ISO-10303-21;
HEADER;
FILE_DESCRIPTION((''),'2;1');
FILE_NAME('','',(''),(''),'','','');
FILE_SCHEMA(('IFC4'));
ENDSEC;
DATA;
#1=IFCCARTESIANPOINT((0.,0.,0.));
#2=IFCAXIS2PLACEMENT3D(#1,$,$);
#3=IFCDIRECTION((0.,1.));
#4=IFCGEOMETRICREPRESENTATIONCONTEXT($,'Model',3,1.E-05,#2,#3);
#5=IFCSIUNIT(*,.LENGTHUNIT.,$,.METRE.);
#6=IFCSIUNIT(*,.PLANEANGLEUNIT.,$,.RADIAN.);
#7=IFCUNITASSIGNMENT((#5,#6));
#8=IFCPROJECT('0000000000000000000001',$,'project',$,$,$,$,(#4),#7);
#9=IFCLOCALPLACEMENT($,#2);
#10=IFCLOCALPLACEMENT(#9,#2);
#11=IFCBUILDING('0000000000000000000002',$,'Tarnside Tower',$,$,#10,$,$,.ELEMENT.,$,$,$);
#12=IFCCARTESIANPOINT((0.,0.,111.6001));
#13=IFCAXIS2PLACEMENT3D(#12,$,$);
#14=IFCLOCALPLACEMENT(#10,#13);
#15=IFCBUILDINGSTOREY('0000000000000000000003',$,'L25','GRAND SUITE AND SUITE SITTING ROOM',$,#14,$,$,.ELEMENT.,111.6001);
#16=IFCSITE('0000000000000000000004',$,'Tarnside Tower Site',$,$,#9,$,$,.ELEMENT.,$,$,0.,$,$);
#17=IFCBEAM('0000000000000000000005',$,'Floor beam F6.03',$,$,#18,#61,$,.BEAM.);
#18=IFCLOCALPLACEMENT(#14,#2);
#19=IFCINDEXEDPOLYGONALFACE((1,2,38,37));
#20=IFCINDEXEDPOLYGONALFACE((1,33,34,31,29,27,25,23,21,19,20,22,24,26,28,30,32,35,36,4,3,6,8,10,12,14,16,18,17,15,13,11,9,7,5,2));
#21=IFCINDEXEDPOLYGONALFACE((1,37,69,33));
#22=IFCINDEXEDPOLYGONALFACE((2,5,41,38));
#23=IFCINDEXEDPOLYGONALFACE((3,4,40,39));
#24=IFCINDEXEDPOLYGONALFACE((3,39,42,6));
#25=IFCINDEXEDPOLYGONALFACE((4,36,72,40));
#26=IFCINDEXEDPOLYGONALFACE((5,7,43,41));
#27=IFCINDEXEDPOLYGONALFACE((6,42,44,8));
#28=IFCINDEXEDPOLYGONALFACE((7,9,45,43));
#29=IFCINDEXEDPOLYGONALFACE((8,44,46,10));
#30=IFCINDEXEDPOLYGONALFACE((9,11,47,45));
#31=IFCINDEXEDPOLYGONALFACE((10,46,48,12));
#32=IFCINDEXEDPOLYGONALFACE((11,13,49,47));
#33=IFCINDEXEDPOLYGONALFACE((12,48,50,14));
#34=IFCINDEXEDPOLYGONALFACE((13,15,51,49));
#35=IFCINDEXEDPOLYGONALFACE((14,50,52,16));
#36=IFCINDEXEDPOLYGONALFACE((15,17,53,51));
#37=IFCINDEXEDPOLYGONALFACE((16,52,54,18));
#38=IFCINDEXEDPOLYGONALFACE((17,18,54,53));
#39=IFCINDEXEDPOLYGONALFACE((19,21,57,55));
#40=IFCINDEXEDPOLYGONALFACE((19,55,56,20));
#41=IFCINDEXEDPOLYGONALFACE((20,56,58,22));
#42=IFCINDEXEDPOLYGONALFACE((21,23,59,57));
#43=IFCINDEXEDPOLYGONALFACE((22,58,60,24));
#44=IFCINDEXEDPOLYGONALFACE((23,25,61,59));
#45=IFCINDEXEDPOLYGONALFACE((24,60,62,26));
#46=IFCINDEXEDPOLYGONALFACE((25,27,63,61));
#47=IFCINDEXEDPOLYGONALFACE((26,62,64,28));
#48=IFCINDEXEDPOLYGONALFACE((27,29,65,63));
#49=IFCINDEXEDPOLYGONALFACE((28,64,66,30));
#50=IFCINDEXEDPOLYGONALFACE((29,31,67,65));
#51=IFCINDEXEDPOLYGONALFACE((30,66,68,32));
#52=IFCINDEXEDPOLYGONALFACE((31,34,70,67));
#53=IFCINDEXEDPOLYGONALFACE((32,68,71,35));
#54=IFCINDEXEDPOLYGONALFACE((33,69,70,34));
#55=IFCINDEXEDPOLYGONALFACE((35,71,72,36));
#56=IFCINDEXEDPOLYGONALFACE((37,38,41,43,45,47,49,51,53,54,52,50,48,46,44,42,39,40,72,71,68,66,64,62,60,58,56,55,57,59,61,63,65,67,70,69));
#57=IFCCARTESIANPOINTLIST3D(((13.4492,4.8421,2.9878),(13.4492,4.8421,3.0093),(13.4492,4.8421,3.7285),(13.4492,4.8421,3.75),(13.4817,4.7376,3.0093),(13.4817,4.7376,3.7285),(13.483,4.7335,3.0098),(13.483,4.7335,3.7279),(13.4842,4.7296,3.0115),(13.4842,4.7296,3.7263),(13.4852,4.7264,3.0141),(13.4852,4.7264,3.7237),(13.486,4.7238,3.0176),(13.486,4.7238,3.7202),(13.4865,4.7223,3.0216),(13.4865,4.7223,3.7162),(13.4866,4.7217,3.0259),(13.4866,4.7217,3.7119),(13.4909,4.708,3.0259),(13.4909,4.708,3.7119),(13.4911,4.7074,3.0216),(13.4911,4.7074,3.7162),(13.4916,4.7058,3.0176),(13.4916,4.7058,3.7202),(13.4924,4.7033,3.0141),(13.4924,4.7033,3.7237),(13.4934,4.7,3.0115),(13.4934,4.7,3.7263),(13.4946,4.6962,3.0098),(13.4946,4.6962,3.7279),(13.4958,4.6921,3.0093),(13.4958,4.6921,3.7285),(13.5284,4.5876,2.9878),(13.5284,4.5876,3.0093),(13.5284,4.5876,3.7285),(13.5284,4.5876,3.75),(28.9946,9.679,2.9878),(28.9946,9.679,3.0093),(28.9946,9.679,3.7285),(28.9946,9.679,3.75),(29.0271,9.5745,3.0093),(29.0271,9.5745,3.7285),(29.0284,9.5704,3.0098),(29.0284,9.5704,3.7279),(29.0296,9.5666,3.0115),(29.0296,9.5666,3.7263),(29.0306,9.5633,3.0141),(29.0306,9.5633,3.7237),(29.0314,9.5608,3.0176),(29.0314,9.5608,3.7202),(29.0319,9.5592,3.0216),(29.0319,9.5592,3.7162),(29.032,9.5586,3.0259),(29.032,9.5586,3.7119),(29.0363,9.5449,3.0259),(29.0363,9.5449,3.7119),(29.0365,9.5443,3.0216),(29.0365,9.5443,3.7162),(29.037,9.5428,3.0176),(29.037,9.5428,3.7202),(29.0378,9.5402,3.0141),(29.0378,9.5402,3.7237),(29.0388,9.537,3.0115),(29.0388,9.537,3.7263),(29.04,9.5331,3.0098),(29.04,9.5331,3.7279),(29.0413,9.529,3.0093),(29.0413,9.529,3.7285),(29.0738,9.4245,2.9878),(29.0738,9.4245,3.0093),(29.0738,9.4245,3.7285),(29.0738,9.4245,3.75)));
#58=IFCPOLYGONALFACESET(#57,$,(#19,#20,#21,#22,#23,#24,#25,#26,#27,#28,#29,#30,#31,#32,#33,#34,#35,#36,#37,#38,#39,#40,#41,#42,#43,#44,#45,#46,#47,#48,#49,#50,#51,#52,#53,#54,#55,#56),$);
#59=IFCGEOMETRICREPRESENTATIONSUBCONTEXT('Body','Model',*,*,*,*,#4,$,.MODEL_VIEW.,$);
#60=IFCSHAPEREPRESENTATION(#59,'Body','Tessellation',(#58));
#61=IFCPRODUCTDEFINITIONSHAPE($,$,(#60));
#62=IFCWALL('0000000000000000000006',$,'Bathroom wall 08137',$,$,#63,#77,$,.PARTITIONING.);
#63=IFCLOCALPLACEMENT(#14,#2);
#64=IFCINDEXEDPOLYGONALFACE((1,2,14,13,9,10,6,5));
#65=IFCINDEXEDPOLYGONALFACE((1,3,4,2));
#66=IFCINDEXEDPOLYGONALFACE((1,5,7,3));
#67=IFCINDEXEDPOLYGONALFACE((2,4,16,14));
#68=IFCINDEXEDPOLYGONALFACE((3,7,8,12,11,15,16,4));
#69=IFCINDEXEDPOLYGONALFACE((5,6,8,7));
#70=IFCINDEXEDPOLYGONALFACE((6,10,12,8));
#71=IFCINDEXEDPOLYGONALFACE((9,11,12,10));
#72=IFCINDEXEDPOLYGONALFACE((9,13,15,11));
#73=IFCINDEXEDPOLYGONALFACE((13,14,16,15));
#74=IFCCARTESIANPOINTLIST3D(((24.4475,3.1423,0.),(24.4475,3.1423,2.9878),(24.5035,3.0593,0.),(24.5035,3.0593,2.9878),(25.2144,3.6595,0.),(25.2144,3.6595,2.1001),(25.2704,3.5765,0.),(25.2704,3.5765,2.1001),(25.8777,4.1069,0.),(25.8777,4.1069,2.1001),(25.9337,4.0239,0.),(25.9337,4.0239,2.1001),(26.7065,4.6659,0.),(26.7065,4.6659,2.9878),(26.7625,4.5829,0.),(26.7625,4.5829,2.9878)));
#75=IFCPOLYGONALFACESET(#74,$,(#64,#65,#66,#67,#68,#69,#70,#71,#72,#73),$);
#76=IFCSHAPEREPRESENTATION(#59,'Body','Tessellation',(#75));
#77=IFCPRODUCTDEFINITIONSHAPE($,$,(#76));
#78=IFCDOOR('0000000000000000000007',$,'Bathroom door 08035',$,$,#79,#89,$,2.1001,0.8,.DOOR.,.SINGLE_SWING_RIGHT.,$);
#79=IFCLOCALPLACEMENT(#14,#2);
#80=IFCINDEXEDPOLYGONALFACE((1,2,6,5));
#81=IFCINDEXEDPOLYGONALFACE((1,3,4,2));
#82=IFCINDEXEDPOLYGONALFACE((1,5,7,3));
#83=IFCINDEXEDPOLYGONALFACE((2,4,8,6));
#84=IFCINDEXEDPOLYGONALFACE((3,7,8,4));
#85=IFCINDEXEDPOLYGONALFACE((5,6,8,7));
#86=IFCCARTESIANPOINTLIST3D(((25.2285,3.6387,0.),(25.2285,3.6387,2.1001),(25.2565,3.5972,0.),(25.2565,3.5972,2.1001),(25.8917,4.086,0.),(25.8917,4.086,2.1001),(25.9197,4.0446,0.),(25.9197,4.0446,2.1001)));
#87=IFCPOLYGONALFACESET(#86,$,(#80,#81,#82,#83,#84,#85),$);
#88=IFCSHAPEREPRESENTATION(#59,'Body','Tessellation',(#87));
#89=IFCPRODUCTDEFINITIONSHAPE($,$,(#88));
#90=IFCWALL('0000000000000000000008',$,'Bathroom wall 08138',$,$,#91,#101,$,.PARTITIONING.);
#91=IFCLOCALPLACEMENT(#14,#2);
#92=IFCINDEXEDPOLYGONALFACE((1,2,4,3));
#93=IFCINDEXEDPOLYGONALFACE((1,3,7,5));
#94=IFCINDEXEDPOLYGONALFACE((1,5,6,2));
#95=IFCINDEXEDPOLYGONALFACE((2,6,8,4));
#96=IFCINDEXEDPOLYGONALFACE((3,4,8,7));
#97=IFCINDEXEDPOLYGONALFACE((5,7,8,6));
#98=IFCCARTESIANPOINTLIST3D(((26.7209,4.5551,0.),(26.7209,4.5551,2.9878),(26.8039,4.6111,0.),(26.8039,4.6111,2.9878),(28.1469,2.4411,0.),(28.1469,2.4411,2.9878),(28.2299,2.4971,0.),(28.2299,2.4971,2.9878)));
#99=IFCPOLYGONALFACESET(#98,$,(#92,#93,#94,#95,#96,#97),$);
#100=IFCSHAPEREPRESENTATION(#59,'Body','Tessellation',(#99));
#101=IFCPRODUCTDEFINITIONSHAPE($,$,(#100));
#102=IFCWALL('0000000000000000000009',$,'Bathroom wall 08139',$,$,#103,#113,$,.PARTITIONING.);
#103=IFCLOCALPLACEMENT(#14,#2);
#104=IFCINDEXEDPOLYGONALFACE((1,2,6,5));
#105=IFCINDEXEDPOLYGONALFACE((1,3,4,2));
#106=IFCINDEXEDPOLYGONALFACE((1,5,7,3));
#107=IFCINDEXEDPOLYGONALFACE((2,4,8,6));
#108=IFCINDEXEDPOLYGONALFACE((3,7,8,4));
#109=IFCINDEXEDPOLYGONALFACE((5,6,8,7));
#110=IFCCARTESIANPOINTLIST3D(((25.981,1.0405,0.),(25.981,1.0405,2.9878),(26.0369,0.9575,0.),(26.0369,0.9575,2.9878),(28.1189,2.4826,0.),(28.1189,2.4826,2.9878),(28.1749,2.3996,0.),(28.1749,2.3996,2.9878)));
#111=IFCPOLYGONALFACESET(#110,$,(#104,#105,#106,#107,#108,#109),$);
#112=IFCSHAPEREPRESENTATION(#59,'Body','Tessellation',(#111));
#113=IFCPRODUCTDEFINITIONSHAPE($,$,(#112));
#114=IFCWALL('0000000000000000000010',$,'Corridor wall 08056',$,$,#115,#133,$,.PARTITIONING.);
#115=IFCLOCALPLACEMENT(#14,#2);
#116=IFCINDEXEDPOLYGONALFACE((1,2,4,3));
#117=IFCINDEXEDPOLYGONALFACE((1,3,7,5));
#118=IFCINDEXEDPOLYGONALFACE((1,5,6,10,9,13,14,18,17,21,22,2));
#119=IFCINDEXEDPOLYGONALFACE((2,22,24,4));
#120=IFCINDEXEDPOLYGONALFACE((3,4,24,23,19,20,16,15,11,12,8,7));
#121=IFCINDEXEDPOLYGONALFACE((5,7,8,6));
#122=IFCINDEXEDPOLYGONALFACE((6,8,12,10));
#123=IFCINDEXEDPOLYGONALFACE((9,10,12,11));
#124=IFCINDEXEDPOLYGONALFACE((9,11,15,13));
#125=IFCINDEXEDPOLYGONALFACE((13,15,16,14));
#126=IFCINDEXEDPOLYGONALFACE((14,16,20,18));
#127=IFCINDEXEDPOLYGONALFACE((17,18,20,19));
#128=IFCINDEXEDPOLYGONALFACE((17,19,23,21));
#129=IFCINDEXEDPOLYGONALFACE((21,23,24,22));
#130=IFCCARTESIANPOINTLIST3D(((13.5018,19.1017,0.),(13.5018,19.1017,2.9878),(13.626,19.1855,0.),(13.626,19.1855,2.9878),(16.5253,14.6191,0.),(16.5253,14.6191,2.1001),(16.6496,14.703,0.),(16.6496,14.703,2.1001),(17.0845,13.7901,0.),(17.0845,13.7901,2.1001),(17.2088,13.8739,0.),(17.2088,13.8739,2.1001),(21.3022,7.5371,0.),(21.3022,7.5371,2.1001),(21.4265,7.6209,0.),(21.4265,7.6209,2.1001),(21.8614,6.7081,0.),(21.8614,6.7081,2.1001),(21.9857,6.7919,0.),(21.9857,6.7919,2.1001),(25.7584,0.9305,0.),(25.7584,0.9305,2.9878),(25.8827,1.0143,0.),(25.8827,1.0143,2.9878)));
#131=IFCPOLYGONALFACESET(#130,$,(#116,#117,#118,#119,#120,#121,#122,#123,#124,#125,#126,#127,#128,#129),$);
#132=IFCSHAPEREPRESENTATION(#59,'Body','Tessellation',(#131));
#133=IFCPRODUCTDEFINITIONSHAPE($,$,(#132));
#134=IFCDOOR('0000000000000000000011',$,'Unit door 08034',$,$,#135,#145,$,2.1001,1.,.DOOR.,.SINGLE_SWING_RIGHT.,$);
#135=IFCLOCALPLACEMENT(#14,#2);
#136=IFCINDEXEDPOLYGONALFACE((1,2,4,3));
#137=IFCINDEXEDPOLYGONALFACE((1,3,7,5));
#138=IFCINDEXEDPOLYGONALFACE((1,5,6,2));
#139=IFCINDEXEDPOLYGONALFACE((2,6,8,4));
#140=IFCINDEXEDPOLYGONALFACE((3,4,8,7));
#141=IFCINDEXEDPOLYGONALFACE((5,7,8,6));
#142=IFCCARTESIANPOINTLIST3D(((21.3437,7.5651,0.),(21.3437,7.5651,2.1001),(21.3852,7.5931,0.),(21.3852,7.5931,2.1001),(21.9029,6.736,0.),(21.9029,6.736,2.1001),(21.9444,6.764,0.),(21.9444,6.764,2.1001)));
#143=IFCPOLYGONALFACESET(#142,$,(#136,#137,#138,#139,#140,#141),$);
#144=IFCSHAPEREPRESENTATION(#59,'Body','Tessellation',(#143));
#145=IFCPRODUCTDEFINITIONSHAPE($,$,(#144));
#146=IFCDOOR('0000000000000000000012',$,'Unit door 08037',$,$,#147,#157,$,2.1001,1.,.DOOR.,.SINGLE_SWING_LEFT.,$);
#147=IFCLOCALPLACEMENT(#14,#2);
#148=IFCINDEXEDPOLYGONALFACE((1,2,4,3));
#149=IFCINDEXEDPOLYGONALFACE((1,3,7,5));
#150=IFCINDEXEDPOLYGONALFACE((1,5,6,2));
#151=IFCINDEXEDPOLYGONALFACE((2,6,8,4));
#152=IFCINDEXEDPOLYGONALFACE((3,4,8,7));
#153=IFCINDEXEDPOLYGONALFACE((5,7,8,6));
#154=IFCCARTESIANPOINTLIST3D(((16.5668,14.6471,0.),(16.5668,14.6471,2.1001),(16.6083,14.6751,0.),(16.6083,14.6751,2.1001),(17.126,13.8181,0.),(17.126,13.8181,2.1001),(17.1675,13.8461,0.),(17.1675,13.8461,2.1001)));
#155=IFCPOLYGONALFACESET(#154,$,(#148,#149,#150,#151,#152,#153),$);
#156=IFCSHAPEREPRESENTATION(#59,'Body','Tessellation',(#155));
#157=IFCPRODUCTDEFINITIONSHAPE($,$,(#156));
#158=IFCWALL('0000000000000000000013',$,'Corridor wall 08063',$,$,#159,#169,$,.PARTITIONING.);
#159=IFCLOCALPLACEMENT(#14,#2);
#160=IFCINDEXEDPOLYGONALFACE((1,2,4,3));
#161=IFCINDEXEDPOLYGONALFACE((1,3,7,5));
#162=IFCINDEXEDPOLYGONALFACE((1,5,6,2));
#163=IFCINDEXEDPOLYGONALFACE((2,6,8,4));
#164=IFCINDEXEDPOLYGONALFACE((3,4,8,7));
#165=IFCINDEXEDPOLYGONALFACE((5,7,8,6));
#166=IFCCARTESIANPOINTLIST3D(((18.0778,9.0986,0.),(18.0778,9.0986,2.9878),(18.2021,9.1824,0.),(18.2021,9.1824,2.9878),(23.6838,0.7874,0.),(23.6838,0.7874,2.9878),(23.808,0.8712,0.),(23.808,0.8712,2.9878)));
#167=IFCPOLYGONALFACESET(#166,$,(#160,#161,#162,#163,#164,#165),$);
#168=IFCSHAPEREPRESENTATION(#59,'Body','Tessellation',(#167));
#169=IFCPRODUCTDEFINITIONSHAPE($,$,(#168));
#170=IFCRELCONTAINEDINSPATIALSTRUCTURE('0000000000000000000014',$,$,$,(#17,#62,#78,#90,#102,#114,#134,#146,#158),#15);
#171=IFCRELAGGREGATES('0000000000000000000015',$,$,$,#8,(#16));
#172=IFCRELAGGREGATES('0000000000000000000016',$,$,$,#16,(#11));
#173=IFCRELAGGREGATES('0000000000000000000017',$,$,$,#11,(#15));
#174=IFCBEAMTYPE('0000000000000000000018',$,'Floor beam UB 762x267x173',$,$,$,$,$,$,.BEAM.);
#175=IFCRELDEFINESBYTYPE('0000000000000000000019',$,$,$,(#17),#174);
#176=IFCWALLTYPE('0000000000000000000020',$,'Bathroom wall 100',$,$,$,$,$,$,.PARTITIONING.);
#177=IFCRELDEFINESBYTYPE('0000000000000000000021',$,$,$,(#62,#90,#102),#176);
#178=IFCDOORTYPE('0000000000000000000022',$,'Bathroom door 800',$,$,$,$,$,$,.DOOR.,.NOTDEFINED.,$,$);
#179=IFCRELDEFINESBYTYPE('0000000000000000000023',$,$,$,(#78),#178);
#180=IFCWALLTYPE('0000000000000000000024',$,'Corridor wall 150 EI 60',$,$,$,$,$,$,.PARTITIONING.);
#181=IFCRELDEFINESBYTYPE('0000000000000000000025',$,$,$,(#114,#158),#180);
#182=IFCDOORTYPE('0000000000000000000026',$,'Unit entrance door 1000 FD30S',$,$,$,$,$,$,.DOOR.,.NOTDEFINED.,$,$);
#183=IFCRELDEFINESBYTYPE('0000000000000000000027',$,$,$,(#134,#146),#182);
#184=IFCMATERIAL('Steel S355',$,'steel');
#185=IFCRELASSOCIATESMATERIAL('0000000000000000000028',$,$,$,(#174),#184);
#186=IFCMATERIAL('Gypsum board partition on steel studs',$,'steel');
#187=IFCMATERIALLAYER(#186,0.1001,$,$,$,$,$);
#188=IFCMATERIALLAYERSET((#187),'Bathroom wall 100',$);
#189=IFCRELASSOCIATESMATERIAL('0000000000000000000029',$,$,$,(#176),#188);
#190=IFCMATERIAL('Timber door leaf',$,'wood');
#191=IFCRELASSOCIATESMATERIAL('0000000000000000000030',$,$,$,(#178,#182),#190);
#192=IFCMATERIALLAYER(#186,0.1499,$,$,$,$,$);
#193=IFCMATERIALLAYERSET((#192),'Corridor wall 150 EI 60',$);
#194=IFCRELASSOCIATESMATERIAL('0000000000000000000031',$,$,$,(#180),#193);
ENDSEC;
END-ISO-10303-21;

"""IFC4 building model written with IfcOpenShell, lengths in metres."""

from ifc_helpers import new_model, si_unit, direction, frame, frame_2d, origin, origin_2d, place, context, subcontext, project, spatial, rectangle, i_section, extrude, material, layer, layer_set, material_profile, profile_set, type_object, element, fill, save


model = new_model("IFC4")

# Units and contexts
model_context = context("Model", 3, precision=1e-05, world=origin(), true_north=direction((0.0, 1.0)))
body_context = subcontext(model_context, "Body", "Model", "MODEL_VIEW")
ifc_project = project(units=[si_unit("LENGTHUNIT", "METRE"), si_unit("PLANEANGLEUNIT", "RADIAN")], contexts=[model_context])

# Site, building, storey
site_placement = place(None, origin())
site = spatial("IfcSite", under=ifc_project, at=site_placement, Name="Tarnside Tower Site", CompositionType="ELEMENT", RefElevation=0.0)
building_placement = place(site_placement, origin())
building = spatial("IfcBuilding", under=site, at=building_placement, Name="Tarnside Tower", CompositionType="ELEMENT")
storey_placement = place(building_placement, frame((0.0, 0.0, 111.6001)))
storey = spatial("IfcBuildingStorey", under=building, at=storey_placement, Name="L25", Description="GRAND SUITE AND SUITE SITTING ROOM", CompositionType="ELEMENT", Elevation=111.6001)

# Beam
ifc_material_1 = material(Name="Steel S355", Category="steel")
ifc_material_profile = material_profile(ifc_material_1, i_section(OverallWidth=0.2666, OverallDepth=0.7622, WebThickness=0.0144, FlangeThickness=0.0215, FilletRadius=0.0166, at=origin_2d()), Name="UB 762x267x173")
ifc_profile_set = profile_set([ifc_material_profile], Name="Steel S355")
beam_type = type_object("IfcBeamType", Name="Floor beam UB 762x267x173", PredefinedType="BEAM", material=ifc_profile_set)
beam_placement = place(storey_placement, frame((29.0342, 9.5518, 3.3689), z_axis=(-0.954847, -0.297098, 0.0), x_axis=(0.297098, -0.954847, 0.0)))
element("IfcBeam", 1, at=beam_placement, inside=storey, type_object=beam_type, Name="Floor beam F6.03", PredefinedType="BEAM", context=body_context, shape_type="SweptSolid", body=[
    extrude(i_section(OverallWidth=0.2666, OverallDepth=0.7622, WebThickness=0.0144, FlangeThickness=0.0215, FilletRadius=0.0166, at=origin_2d()), origin(), (0.0, 0.0, 1.0), 16.2805),
])

# Wall, opening, door
ifc_material_2 = material(Name="Gypsum board partition on steel studs", Category="steel")
ifc_layer_1 = layer(ifc_material_2, 0.1001)
ifc_layer_set_1 = layer_set([ifc_layer_1], Name="Bathroom wall 100")
wall_type_1 = type_object("IfcWallType", Name="Bathroom wall 100", PredefinedType="PARTITIONING", material=ifc_layer_set_1)
wall_1_placement = place(storey_placement, frame((24.4756, 3.1008, 0.0), z_axis=(0.0, 0.0, 1.0), x_axis=(0.829047, 0.559179, 0.0)))
wall_1 = element("IfcWall", 2, at=wall_1_placement, inside=storey, type_object=wall_type_1, Name="Bathroom wall 08137", PredefinedType="PARTITIONING", context=body_context, shape_type="SweptSolid", body=[
    extrude(rectangle(XDim=2.7249, YDim=0.1001, at=frame_2d((1.3623, 0.0))), origin(), (0.0, 0.0, 1.0), 2.9878),
])
opening_1_placement = place(wall_1_placement, frame((0.925, 0.0, 0.0)))
opening_1 = element("IfcOpeningElement", 3, at=opening_1_placement, cuts=wall_1, PredefinedType="OPENING", context=body_context, shape_type="SweptSolid", body=[
    extrude(rectangle(XDim=0.8, YDim=2.1001, at=frame_2d((0.3999, 1.05))), frame((0.0, 0.0601, 0.0), z_axis=(0.0, -1.0, 0.0), x_axis=(1.0, 0.0, 0.0)), (0.0, 0.0, 1.0), 0.1201),
])
ifc_material_3 = material(Name="Timber door leaf", Category="wood")
door_type_1 = type_object("IfcDoorType", Name="Bathroom door 800", OperationType="NOTDEFINED", PredefinedType="DOOR", material=ifc_material_3)
door_1_placement = place(opening_1_placement, origin())
door_1 = element("IfcDoor", 4, at=door_1_placement, inside=storey, type_object=door_type_1, Name="Bathroom door 08035", OperationType="SINGLE_SWING_RIGHT", OverallHeight=2.1001, OverallWidth=0.8, PredefinedType="DOOR", context=body_context, shape_type="SweptSolid", body=[
    extrude(rectangle(XDim=0.8, YDim=2.1001, at=frame_2d((0.3999, 1.05))), frame((0.0, 0.0249, 0.0), z_axis=(0.0, -1.0, 0.0), x_axis=(1.0, 0.0, 0.0)), (0.0, 0.0, 1.0), 0.05),
])
fill(opening_1, door_1)

# Walls
wall_2_placement = place(storey_placement, frame((26.7625, 4.583, 0.0), z_axis=(0.0, 0.0, 1.0), x_axis=(0.559221, -0.829018, 0.0)))
element("IfcWall", 5, at=wall_2_placement, inside=storey, type_object=wall_type_1, Name="Bathroom wall 08138", PredefinedType="PARTITIONING", context=body_context, shape_type="SweptSolid", body=[
    extrude(rectangle(XDim=2.55, YDim=0.1001, at=frame_2d((1.2749, 0.0))), origin(), (0.0, 0.0, 1.0), 2.9878),
])
wall_3_placement = place(storey_placement, frame((28.147, 2.4412, 0.0), z_axis=(0.0, 0.0, 1.0), x_axis=(-0.829023, -0.559214, 0.0)))
element("IfcWall", 6, at=wall_3_placement, inside=storey, type_object=wall_type_1, Name="Bathroom wall 08139", PredefinedType="PARTITIONING", context=body_context, shape_type="SweptSolid", body=[
    extrude(rectangle(XDim=2.5789, YDim=0.1001, at=frame_2d((1.2896, 0.0))), origin(), (0.0, 0.0, 1.0), 2.9878),
])

# Wall, openings, doors
ifc_layer_2 = layer(ifc_material_2, 0.1499)
ifc_layer_set_2 = layer_set([ifc_layer_2], Name="Corridor wall 150 EI 60")
wall_type_2 = type_object("IfcWallType", Name="Corridor wall 150 EI 60", PredefinedType="PARTITIONING", material=ifc_layer_set_2)
wall_4_placement = place(storey_placement, frame((25.8206, 0.9724, 0.0), z_axis=(0.0, 0.0, 1.0), x_axis=(-0.559193, 0.829038, 0.0)))
wall_4 = element("IfcWall", 7, at=wall_4_placement, inside=storey, type_object=wall_type_2, Name="Corridor wall 08056", PredefinedType="PARTITIONING", context=body_context, shape_type="SweptSolid", body=[
    extrude(rectangle(XDim=21.9185, YDim=0.1499, at=frame_2d((10.9592, 0.0))), origin(), (0.0, 0.0, 1.0), 2.9878),
])
opening_2_placement = place(wall_4_placement, frame((6.969, 0.0, 0.0)))
opening_2 = element("IfcOpeningElement", 8, at=opening_2_placement, cuts=wall_4, PredefinedType="OPENING", context=body_context, shape_type="SweptSolid", body=[
    extrude(rectangle(XDim=1.0, YDim=2.1001, at=frame_2d((0.5, 1.05))), frame((0.0, 0.085, 0.0), z_axis=(0.0, -1.0, 0.0), x_axis=(1.0, 0.0, 0.0)), (0.0, 0.0, 1.0), 0.1699),
])
opening_3_placement = place(wall_4_placement, frame((15.5115, 0.0, 0.0)))
opening_3 = element("IfcOpeningElement", 9, at=opening_3_placement, cuts=wall_4, PredefinedType="OPENING", context=body_context, shape_type="SweptSolid", body=[
    extrude(rectangle(XDim=1.0, YDim=2.1001, at=frame_2d((0.5, 1.05))), frame((0.0, 0.085, 0.0), z_axis=(0.0, -1.0, 0.0), x_axis=(1.0, 0.0, 0.0)), (0.0, 0.0, 1.0), 0.1699),
])
door_type_2 = type_object("IfcDoorType", Name="Unit entrance door 1000 FD30S", OperationType="NOTDEFINED", PredefinedType="DOOR", material=ifc_material_3)
door_2_placement = place(opening_2_placement, origin())
door_2 = element("IfcDoor", 10, at=door_2_placement, inside=storey, type_object=door_type_2, Name="Unit door 08034", OperationType="SINGLE_SWING_RIGHT", OverallHeight=2.1001, OverallWidth=1.0, PredefinedType="DOOR", context=body_context, shape_type="SweptSolid", body=[
    extrude(rectangle(XDim=1.0, YDim=2.1001, at=frame_2d((0.5, 1.05))), frame((0.0, 0.0249, 0.0), z_axis=(0.0, -1.0, 0.0), x_axis=(1.0, 0.0, 0.0)), (0.0, 0.0, 1.0), 0.05),
])
fill(opening_2, door_2)
door_3_placement = place(opening_3_placement, origin())
door_3 = element("IfcDoor", 11, at=door_3_placement, inside=storey, type_object=door_type_2, Name="Unit door 08037", OperationType="SINGLE_SWING_LEFT", OverallHeight=2.1001, OverallWidth=1.0, PredefinedType="DOOR", context=body_context, shape_type="SweptSolid", body=[
    extrude(rectangle(XDim=1.0, YDim=2.1001, at=frame_2d((0.5, 1.05))), frame((0.0, 0.0249, 0.0), z_axis=(0.0, -1.0, 0.0), x_axis=(1.0, 0.0, 0.0)), (0.0, 0.0, 1.0), 0.05),
])
fill(opening_3, door_3)

# Wall
wall_5_placement = place(storey_placement, frame((18.1399, 9.1406, 0.0), z_axis=(0.0, 0.0, 1.0), x_axis=(0.559188, -0.829041, 0.0)))
element("IfcWall", 12, at=wall_5_placement, inside=storey, type_object=wall_type_2, Name="Corridor wall 08063", PredefinedType="PARTITIONING", context=body_context, shape_type="SweptSolid", body=[
    extrude(rectangle(XDim=10.0251, YDim=0.1499, at=frame_2d((5.0127, 0.0))), origin(), (0.0, 0.0, 1.0), 2.9878),
])

save(model, "model.ifc")
